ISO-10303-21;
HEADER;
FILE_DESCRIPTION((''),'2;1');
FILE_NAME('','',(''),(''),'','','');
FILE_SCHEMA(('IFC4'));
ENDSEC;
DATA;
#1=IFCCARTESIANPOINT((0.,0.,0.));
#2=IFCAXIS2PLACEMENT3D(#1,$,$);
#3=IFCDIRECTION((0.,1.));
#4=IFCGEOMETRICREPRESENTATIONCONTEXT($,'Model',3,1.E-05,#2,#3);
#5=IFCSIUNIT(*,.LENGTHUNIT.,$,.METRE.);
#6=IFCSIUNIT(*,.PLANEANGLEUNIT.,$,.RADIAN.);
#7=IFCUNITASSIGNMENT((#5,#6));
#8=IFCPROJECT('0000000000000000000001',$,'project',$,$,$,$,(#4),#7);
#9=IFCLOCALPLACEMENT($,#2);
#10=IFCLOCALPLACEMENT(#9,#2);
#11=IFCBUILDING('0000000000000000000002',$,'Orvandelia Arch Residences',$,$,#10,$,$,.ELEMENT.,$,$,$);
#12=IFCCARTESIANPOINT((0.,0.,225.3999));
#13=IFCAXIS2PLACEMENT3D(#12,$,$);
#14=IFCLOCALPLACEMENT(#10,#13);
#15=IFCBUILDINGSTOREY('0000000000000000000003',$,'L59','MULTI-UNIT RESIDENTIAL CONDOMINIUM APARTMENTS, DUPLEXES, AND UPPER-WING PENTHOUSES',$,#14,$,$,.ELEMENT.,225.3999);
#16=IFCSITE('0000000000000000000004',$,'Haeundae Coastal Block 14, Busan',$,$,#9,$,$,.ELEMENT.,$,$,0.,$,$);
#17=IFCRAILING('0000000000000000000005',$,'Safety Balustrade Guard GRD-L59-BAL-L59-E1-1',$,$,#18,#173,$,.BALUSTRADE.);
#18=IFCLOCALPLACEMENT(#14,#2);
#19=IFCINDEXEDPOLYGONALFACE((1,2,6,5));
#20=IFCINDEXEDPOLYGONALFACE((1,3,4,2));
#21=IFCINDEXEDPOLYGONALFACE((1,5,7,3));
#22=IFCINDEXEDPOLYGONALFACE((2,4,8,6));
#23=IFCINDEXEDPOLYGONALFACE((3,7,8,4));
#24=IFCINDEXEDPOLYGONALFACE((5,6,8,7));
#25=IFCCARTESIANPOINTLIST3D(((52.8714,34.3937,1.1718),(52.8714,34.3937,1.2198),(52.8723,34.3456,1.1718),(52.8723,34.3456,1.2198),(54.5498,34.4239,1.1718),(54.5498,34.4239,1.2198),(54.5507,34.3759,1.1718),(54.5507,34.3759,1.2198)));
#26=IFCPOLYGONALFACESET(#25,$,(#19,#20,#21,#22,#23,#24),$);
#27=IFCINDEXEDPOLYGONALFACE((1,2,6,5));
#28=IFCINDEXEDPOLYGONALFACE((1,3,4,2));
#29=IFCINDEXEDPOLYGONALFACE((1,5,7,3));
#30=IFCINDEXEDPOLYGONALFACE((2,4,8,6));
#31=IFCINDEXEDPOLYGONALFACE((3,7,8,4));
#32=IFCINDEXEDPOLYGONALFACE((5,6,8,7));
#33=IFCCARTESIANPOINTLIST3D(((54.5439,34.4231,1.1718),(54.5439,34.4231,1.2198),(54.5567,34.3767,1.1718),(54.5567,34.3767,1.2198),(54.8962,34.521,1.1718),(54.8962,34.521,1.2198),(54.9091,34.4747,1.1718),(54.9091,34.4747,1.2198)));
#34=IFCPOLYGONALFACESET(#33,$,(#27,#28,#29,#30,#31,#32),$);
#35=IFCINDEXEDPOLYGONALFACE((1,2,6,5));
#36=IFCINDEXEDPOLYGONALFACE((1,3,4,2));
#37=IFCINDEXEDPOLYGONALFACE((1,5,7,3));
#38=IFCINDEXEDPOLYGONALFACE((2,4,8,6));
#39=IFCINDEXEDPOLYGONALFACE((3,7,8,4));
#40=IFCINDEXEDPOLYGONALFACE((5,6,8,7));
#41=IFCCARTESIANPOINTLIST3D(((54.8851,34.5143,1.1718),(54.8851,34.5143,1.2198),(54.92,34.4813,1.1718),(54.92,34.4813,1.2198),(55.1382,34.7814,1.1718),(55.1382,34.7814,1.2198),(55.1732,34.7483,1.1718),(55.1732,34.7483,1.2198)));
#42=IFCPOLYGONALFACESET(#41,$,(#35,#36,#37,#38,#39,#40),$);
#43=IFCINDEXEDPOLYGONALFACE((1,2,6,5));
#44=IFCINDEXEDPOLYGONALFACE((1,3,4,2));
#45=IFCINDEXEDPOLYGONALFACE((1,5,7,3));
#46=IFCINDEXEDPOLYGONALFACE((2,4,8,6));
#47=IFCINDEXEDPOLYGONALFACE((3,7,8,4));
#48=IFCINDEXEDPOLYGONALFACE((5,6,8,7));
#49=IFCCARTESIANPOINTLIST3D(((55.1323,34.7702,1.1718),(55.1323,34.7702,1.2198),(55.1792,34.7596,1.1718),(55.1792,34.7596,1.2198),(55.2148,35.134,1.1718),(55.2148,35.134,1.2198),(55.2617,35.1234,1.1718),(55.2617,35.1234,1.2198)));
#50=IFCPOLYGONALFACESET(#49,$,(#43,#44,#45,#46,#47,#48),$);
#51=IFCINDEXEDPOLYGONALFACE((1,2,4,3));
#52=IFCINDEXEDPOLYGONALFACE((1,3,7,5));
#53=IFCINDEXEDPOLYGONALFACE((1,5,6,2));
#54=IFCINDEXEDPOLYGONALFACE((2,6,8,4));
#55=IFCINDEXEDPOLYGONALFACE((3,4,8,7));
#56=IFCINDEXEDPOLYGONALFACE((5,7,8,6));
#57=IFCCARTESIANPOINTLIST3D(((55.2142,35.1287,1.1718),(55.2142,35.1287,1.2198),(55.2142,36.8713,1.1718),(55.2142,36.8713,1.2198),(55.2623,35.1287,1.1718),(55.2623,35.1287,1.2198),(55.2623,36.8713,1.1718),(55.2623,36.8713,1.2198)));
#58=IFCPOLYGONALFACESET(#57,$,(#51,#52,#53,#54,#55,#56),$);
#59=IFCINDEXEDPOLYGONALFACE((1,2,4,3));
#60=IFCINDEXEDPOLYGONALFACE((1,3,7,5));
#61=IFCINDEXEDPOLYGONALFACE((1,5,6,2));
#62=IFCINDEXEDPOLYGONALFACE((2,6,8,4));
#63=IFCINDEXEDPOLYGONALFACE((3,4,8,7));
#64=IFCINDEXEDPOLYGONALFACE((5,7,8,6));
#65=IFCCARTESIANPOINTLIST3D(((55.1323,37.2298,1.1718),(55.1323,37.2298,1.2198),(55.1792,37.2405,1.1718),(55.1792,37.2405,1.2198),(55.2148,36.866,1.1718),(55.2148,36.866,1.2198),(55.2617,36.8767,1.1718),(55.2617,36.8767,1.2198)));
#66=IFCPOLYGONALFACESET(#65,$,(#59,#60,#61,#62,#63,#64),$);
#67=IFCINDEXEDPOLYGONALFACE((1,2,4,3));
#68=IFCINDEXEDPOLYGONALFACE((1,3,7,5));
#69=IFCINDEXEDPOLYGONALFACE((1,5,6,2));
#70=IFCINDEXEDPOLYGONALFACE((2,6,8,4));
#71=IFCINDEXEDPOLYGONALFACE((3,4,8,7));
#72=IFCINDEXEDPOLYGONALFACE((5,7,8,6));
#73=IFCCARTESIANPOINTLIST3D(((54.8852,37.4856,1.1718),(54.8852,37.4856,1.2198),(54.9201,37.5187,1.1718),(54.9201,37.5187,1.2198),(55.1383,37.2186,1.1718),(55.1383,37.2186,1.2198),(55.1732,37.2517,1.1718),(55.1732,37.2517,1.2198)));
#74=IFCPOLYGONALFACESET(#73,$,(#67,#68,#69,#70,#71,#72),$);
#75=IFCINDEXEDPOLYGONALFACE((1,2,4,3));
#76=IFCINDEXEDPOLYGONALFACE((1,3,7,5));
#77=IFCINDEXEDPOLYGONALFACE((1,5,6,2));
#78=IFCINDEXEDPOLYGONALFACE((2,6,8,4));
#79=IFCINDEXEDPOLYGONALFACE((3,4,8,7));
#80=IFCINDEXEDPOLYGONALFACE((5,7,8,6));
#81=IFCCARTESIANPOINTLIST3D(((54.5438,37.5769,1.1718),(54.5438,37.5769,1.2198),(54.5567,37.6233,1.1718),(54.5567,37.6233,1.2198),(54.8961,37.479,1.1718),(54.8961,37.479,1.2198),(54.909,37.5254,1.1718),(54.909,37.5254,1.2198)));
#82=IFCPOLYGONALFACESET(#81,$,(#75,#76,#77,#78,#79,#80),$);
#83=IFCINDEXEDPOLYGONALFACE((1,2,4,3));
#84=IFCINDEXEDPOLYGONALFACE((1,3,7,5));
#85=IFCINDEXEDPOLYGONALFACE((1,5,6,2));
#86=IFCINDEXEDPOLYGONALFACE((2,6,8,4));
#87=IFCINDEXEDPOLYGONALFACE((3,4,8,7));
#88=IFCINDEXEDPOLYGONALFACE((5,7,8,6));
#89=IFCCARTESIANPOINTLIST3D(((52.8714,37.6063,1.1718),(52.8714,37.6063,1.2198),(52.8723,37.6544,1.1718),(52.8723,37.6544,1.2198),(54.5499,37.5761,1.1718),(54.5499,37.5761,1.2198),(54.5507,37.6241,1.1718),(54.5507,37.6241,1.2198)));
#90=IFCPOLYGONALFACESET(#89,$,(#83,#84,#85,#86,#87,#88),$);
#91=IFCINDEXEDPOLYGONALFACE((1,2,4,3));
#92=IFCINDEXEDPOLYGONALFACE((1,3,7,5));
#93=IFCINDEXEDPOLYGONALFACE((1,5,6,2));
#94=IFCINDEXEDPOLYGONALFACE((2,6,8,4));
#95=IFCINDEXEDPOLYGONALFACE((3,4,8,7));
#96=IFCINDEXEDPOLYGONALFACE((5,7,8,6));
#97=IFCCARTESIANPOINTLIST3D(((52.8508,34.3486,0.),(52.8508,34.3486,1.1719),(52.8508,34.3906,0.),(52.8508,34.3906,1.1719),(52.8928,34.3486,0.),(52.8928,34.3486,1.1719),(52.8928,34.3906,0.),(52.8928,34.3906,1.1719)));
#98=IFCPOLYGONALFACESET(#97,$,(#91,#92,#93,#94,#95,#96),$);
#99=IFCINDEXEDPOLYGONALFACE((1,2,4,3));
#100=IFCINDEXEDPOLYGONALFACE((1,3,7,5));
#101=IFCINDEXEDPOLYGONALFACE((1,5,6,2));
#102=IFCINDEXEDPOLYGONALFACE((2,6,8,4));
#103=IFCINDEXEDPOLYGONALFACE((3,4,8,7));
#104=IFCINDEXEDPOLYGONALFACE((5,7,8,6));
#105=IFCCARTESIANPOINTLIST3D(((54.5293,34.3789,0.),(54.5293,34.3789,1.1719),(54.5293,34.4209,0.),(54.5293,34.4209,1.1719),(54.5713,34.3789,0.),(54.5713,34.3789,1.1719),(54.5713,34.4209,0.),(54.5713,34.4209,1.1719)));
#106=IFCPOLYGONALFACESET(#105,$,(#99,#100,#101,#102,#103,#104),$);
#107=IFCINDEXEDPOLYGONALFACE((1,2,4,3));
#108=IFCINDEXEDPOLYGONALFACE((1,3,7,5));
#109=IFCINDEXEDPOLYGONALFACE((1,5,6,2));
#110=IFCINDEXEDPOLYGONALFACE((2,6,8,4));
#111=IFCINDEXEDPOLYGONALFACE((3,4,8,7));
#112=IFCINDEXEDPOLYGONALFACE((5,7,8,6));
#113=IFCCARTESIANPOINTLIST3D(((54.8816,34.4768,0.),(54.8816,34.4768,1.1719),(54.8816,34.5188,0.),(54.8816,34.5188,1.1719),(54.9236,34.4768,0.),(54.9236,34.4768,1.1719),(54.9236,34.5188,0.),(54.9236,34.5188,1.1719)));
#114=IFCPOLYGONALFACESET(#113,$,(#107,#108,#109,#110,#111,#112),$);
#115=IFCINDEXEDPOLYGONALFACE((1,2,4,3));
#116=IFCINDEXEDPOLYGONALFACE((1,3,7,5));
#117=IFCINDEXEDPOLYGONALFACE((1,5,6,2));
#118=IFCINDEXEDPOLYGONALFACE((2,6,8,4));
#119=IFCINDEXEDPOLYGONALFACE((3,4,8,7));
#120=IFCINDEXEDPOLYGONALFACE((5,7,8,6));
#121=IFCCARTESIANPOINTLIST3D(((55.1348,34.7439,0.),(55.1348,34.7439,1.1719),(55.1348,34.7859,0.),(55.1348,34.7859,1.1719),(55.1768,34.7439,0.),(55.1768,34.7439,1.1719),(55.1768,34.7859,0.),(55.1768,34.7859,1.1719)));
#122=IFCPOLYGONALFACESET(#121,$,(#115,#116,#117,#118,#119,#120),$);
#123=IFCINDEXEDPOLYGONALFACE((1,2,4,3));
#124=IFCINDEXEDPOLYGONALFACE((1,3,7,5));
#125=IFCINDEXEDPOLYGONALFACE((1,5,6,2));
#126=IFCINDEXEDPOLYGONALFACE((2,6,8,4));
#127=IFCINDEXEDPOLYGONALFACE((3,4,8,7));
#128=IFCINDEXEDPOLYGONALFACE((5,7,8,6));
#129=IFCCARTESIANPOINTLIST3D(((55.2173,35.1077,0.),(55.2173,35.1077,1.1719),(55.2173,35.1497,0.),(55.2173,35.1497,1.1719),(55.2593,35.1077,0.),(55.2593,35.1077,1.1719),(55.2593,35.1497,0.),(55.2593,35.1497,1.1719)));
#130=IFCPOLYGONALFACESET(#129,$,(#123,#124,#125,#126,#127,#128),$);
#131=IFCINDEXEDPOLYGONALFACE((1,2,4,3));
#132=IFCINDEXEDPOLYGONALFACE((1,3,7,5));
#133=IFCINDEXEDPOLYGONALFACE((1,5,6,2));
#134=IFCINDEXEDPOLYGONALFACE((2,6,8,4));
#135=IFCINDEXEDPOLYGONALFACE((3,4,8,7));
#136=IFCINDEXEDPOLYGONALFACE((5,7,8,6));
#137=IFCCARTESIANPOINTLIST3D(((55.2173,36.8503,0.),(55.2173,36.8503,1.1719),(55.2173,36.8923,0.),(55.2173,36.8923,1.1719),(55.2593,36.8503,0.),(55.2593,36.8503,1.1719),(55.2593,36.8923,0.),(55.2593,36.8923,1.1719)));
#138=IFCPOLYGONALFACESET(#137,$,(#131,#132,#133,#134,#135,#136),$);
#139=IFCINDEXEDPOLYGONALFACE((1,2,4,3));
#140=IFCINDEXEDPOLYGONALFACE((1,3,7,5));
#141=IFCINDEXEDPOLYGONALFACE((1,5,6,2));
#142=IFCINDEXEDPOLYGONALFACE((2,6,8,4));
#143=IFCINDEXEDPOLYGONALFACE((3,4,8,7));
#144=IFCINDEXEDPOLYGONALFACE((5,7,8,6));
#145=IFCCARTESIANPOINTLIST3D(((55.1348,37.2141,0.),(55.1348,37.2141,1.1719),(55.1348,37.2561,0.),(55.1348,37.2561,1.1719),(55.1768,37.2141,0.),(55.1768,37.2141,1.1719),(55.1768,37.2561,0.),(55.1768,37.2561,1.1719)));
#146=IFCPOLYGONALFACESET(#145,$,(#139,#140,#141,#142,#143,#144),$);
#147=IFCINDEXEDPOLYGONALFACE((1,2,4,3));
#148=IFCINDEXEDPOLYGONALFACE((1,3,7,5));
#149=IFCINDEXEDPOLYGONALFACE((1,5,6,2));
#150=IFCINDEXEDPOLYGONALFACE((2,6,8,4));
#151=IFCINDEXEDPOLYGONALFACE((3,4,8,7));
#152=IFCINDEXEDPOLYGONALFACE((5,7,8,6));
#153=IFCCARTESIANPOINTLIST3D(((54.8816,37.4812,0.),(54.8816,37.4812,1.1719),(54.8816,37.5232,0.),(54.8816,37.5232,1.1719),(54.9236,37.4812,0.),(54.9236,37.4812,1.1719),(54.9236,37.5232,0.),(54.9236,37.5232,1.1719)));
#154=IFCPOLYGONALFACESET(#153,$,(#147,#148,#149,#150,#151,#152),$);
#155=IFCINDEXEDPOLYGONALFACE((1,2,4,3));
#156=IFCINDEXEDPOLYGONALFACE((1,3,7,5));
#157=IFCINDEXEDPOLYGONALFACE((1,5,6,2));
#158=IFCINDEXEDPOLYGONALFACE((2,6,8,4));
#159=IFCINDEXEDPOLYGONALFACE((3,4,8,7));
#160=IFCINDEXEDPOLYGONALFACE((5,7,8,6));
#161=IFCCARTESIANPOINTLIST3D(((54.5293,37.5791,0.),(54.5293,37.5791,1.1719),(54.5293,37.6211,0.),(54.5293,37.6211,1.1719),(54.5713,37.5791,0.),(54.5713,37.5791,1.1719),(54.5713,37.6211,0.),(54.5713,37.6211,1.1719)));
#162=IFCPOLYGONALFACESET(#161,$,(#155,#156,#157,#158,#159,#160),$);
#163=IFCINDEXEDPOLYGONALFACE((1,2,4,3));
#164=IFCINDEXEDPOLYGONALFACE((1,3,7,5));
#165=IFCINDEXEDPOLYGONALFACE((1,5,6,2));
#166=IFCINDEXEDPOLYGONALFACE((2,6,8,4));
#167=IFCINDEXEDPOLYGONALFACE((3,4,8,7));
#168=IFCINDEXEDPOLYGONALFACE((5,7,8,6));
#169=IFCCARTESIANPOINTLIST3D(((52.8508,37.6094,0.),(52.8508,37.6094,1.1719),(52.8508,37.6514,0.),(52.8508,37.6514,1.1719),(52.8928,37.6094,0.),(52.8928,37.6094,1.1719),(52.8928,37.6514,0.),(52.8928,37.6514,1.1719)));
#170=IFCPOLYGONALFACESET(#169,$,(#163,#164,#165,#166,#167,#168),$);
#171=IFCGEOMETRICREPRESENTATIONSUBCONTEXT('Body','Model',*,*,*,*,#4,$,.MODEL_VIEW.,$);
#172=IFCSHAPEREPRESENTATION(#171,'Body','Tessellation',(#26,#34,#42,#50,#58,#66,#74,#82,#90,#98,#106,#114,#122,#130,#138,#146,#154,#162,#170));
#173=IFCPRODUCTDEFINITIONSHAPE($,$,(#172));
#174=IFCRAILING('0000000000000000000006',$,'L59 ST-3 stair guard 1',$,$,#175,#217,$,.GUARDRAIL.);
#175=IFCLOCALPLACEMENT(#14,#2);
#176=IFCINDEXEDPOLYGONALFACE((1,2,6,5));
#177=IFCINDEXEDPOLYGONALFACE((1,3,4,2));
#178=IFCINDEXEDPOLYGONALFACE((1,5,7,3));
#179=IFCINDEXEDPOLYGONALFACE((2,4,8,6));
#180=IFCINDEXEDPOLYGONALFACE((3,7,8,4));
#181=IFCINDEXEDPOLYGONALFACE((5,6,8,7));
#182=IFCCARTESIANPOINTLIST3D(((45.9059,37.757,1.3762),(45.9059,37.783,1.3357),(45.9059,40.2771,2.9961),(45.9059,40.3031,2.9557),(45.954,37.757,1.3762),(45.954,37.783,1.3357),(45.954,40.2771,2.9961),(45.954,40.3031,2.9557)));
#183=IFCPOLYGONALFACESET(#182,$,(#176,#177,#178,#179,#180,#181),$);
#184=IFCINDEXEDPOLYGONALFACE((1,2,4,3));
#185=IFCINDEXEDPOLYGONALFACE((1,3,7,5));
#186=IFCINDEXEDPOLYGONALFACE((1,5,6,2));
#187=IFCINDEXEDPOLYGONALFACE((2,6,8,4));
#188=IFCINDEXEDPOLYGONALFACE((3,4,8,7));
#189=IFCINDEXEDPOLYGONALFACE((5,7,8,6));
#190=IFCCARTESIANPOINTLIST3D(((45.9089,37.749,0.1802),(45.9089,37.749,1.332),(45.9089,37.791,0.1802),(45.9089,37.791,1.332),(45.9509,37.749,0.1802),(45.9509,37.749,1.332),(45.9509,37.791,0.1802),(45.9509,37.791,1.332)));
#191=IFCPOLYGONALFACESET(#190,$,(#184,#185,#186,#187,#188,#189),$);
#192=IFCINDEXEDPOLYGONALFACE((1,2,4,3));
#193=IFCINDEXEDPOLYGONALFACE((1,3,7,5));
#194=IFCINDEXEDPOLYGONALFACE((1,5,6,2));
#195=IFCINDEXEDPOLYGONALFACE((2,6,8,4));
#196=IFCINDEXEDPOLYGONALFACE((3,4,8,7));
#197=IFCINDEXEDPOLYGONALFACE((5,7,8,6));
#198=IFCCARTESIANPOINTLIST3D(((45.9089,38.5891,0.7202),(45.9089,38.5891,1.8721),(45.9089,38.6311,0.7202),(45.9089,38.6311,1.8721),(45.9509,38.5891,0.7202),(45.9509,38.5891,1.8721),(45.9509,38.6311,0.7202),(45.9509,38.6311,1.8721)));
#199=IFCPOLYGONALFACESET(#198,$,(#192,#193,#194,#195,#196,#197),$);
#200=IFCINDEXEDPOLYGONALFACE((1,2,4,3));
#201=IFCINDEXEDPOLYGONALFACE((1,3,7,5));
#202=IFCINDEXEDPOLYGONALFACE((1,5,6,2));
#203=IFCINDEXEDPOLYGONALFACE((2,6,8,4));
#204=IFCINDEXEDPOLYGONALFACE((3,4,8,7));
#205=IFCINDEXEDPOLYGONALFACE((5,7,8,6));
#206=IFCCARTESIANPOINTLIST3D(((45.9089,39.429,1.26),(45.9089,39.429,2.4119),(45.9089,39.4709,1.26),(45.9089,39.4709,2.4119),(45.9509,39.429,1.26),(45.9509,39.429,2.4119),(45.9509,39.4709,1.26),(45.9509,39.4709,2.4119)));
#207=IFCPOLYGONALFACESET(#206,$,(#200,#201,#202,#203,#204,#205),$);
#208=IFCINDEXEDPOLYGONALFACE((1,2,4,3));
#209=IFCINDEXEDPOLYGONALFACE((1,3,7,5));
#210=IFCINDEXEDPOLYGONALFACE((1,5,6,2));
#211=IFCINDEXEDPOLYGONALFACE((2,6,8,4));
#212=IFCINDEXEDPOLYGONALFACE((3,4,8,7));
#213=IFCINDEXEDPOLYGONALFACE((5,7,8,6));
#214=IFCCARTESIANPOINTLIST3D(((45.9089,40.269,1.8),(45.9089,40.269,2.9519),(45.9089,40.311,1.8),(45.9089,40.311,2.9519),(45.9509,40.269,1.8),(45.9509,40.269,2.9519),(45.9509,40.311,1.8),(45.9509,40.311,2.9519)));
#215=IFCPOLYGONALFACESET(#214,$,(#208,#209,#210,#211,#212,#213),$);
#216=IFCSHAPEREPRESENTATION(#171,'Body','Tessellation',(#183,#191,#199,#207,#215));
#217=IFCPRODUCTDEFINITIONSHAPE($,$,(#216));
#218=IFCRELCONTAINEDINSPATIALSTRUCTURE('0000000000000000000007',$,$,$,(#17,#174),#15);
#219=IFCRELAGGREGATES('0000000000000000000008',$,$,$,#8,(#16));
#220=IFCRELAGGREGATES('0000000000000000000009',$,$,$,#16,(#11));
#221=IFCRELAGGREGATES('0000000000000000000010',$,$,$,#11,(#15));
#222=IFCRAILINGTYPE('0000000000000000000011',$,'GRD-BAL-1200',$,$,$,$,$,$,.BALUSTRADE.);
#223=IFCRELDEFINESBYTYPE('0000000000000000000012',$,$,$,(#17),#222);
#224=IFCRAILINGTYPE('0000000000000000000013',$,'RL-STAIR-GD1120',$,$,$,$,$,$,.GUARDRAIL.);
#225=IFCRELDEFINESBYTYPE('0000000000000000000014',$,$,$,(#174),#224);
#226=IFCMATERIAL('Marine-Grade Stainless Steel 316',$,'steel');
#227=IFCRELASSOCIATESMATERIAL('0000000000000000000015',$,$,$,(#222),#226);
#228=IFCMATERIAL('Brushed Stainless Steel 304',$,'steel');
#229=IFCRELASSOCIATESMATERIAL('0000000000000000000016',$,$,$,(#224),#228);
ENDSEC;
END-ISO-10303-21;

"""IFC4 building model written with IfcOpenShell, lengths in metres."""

from ifc_helpers import new_model, si_unit, direction, frame, origin, origin_2d, place, context, subcontext, project, spatial, rectangle, extrude, material, type_object, element, save


model = new_model("IFC4")

# Units and contexts
model_context = context("Model", 3, precision=1e-05, world=origin(), true_north=direction((0.0, 1.0)))
body_context = subcontext(model_context, "Body", "Model", "MODEL_VIEW")
ifc_project = project(units=[si_unit("LENGTHUNIT", "METRE"), si_unit("PLANEANGLEUNIT", "RADIAN")], contexts=[model_context])

# Site, building, storey
site_placement = place(None, origin())
site = spatial("IfcSite", under=ifc_project, at=site_placement, Name="Haeundae Coastal Block 14, Busan", CompositionType="ELEMENT", RefElevation=0.0)
building_placement = place(site_placement, origin())
building = spatial("IfcBuilding", under=site, at=building_placement, Name="Orvandelia Arch Residences", CompositionType="ELEMENT")
storey_placement = place(building_placement, frame((0.0, 0.0, 225.3999)))
storey = spatial("IfcBuildingStorey", under=building, at=storey_placement, Name="L59", Description="MULTI-UNIT RESIDENTIAL CONDOMINIUM APARTMENTS, DUPLEXES, AND UPPER-WING PENTHOUSES", CompositionType="ELEMENT", Elevation=225.3999)

# Railings
ifc_material_1 = material(Name="Marine-Grade Stainless Steel 316", Category="steel")
railing_type_1 = type_object("IfcRailingType", Name="GRD-BAL-1200", PredefinedType="BALUSTRADE", material=ifc_material_1)
railing_1_placement = place(storey_placement, frame((52.8718, 34.3696, 0.0)))
element("IfcRailing", 1, at=railing_1_placement, inside=storey, type_object=railing_type_1, Name="Safety Balustrade Guard GRD-L59-BAL-L59-E1-1", PredefinedType="BALUSTRADE", context=body_context, shape_type="SweptSolid", body=[
    extrude(rectangle(XDim=0.0481, YDim=0.0481, at=origin_2d()), frame((0.0, 0.0, 1.1958), z_axis=(0.999837, 0.018033, 0.0), x_axis=(-0.018033, 0.999837, 0.0)), (0.0, 0.0, 1.0), 1.6787),
    extrude(rectangle(XDim=0.0481, YDim=0.0481, at=origin_2d()), frame((1.6785, 0.0303, 1.1958), z_axis=(0.963489, 0.267747, 0.0), x_axis=(-0.267747, 0.963489, 0.0)), (0.0, 0.0, 1.0), 0.3657),
    extrude(rectangle(XDim=0.0481, YDim=0.0481, at=origin_2d()), frame((2.0308, 0.1282, 1.1958), z_axis=(0.687947, 0.725761, 0.0), x_axis=(-0.725761, 0.687947, 0.0)), (0.0, 0.0, 1.0), 0.3679),
    extrude(rectangle(XDim=0.0481, YDim=0.0481, at=origin_2d()), frame((2.2839, 0.3953, 1.1958), z_axis=(0.221225, 0.975223, 0.0), x_axis=(-0.975223, 0.221225, 0.0)), (0.0, 0.0, 1.0), 0.373),
    extrude(rectangle(XDim=0.0481, YDim=0.0481, at=origin_2d()), frame((2.3665, 0.759, 1.1958), z_axis=(0.0, 1.0, 0.0), x_axis=(-1.0, 0.0, 0.0)), (0.0, 0.0, 1.0), 1.7427),
    extrude(rectangle(XDim=0.0481, YDim=0.0481, at=origin_2d()), frame((2.3665, 2.5017, 1.1958), z_axis=(-0.221225, 0.975223, 0.0), x_axis=(-0.975223, -0.221225, 0.0)), (0.0, 0.0, 1.0), 0.373),
    extrude(rectangle(XDim=0.0481, YDim=0.0481, at=origin_2d()), frame((2.2839, 2.8655, 1.1958), z_axis=(-0.687947, 0.725761, 0.0), x_axis=(-0.725761, -0.687947, 0.0)), (0.0, 0.0, 1.0), 0.3679),
    extrude(rectangle(XDim=0.0481, YDim=0.0481, at=origin_2d()), frame((2.0308, 3.1326, 1.1958), z_axis=(-0.963489, 0.267747, 0.0), x_axis=(-0.267747, -0.963489, 0.0)), (0.0, 0.0, 1.0), 0.3657),
    extrude(rectangle(XDim=0.0481, YDim=0.0481, at=origin_2d()), frame((1.6785, 3.2305, 1.1958), z_axis=(-0.999837, 0.018033, 0.0), x_axis=(-0.018033, -0.999837, 0.0)), (0.0, 0.0, 1.0), 1.6787),
    extrude(rectangle(XDim=0.042, YDim=0.042, at=origin_2d()), origin(), (0.0, 0.0, 1.0), 1.1719),
    extrude(rectangle(XDim=0.042, YDim=0.042, at=origin_2d()), frame((1.6785, 0.0303, 0.0)), (0.0, 0.0, 1.0), 1.1719),
    extrude(rectangle(XDim=0.042, YDim=0.042, at=origin_2d()), frame((2.0308, 0.1282, 0.0)), (0.0, 0.0, 1.0), 1.1719),
    extrude(rectangle(XDim=0.042, YDim=0.042, at=origin_2d()), frame((2.2839, 0.3953, 0.0)), (0.0, 0.0, 1.0), 1.1719),
    extrude(rectangle(XDim=0.042, YDim=0.042, at=origin_2d()), frame((2.3665, 0.759, 0.0)), (0.0, 0.0, 1.0), 1.1719),
    extrude(rectangle(XDim=0.042, YDim=0.042, at=origin_2d()), frame((2.3665, 2.5017, 0.0)), (0.0, 0.0, 1.0), 1.1719),
    extrude(rectangle(XDim=0.042, YDim=0.042, at=origin_2d()), frame((2.2839, 2.8655, 0.0)), (0.0, 0.0, 1.0), 1.1719),
    extrude(rectangle(XDim=0.042, YDim=0.042, at=origin_2d()), frame((2.0308, 3.1326, 0.0)), (0.0, 0.0, 1.0), 1.1719),
    extrude(rectangle(XDim=0.042, YDim=0.042, at=origin_2d()), frame((1.6785, 3.2305, 0.0)), (0.0, 0.0, 1.0), 1.1719),
    extrude(rectangle(XDim=0.042, YDim=0.042, at=origin_2d()), frame((0.0, 3.2607, 0.0)), (0.0, 0.0, 1.0), 1.1719),
])
ifc_material_2 = material(Name="Brushed Stainless Steel 304", Category="steel")
railing_type_2 = type_object("IfcRailingType", Name="RL-STAIR-GD1120", PredefinedType="GUARDRAIL", material=ifc_material_2)
railing_2_placement = place(storey_placement, frame((45.9299, 37.77, 0.1802)))
element("IfcRailing", 2, at=railing_2_placement, inside=storey, type_object=railing_type_2, Name="L59 ST-3 stair guard 1", PredefinedType="GUARDRAIL", context=body_context, shape_type="SweptSolid", body=[
    extrude(rectangle(XDim=0.0481, YDim=0.0481, at=origin_2d()), frame((0.0, 0.0, 1.1758), z_axis=(0.0, 0.8412, 0.540725), x_axis=(-1.0, 0.0, 0.0)), (0.0, 0.0, 1.0), 2.9958),
    extrude(rectangle(XDim=0.042, YDim=0.042, at=origin_2d()), origin(), (0.0, 0.0, 1.0), 1.1519),
    extrude(rectangle(XDim=0.042, YDim=0.042, at=origin_2d()), frame((0.0, 0.8401, 0.54)), (0.0, 0.0, 1.0), 1.1519),
    extrude(rectangle(XDim=0.042, YDim=0.042, at=origin_2d()), frame((0.0, 1.6799, 1.0798)), (0.0, 0.0, 1.0), 1.1519),
    extrude(rectangle(XDim=0.042, YDim=0.042, at=origin_2d()), frame((0.0, 2.52, 1.6199)), (0.0, 0.0, 1.0), 1.1519),
])

save(model, "model.ifc")
